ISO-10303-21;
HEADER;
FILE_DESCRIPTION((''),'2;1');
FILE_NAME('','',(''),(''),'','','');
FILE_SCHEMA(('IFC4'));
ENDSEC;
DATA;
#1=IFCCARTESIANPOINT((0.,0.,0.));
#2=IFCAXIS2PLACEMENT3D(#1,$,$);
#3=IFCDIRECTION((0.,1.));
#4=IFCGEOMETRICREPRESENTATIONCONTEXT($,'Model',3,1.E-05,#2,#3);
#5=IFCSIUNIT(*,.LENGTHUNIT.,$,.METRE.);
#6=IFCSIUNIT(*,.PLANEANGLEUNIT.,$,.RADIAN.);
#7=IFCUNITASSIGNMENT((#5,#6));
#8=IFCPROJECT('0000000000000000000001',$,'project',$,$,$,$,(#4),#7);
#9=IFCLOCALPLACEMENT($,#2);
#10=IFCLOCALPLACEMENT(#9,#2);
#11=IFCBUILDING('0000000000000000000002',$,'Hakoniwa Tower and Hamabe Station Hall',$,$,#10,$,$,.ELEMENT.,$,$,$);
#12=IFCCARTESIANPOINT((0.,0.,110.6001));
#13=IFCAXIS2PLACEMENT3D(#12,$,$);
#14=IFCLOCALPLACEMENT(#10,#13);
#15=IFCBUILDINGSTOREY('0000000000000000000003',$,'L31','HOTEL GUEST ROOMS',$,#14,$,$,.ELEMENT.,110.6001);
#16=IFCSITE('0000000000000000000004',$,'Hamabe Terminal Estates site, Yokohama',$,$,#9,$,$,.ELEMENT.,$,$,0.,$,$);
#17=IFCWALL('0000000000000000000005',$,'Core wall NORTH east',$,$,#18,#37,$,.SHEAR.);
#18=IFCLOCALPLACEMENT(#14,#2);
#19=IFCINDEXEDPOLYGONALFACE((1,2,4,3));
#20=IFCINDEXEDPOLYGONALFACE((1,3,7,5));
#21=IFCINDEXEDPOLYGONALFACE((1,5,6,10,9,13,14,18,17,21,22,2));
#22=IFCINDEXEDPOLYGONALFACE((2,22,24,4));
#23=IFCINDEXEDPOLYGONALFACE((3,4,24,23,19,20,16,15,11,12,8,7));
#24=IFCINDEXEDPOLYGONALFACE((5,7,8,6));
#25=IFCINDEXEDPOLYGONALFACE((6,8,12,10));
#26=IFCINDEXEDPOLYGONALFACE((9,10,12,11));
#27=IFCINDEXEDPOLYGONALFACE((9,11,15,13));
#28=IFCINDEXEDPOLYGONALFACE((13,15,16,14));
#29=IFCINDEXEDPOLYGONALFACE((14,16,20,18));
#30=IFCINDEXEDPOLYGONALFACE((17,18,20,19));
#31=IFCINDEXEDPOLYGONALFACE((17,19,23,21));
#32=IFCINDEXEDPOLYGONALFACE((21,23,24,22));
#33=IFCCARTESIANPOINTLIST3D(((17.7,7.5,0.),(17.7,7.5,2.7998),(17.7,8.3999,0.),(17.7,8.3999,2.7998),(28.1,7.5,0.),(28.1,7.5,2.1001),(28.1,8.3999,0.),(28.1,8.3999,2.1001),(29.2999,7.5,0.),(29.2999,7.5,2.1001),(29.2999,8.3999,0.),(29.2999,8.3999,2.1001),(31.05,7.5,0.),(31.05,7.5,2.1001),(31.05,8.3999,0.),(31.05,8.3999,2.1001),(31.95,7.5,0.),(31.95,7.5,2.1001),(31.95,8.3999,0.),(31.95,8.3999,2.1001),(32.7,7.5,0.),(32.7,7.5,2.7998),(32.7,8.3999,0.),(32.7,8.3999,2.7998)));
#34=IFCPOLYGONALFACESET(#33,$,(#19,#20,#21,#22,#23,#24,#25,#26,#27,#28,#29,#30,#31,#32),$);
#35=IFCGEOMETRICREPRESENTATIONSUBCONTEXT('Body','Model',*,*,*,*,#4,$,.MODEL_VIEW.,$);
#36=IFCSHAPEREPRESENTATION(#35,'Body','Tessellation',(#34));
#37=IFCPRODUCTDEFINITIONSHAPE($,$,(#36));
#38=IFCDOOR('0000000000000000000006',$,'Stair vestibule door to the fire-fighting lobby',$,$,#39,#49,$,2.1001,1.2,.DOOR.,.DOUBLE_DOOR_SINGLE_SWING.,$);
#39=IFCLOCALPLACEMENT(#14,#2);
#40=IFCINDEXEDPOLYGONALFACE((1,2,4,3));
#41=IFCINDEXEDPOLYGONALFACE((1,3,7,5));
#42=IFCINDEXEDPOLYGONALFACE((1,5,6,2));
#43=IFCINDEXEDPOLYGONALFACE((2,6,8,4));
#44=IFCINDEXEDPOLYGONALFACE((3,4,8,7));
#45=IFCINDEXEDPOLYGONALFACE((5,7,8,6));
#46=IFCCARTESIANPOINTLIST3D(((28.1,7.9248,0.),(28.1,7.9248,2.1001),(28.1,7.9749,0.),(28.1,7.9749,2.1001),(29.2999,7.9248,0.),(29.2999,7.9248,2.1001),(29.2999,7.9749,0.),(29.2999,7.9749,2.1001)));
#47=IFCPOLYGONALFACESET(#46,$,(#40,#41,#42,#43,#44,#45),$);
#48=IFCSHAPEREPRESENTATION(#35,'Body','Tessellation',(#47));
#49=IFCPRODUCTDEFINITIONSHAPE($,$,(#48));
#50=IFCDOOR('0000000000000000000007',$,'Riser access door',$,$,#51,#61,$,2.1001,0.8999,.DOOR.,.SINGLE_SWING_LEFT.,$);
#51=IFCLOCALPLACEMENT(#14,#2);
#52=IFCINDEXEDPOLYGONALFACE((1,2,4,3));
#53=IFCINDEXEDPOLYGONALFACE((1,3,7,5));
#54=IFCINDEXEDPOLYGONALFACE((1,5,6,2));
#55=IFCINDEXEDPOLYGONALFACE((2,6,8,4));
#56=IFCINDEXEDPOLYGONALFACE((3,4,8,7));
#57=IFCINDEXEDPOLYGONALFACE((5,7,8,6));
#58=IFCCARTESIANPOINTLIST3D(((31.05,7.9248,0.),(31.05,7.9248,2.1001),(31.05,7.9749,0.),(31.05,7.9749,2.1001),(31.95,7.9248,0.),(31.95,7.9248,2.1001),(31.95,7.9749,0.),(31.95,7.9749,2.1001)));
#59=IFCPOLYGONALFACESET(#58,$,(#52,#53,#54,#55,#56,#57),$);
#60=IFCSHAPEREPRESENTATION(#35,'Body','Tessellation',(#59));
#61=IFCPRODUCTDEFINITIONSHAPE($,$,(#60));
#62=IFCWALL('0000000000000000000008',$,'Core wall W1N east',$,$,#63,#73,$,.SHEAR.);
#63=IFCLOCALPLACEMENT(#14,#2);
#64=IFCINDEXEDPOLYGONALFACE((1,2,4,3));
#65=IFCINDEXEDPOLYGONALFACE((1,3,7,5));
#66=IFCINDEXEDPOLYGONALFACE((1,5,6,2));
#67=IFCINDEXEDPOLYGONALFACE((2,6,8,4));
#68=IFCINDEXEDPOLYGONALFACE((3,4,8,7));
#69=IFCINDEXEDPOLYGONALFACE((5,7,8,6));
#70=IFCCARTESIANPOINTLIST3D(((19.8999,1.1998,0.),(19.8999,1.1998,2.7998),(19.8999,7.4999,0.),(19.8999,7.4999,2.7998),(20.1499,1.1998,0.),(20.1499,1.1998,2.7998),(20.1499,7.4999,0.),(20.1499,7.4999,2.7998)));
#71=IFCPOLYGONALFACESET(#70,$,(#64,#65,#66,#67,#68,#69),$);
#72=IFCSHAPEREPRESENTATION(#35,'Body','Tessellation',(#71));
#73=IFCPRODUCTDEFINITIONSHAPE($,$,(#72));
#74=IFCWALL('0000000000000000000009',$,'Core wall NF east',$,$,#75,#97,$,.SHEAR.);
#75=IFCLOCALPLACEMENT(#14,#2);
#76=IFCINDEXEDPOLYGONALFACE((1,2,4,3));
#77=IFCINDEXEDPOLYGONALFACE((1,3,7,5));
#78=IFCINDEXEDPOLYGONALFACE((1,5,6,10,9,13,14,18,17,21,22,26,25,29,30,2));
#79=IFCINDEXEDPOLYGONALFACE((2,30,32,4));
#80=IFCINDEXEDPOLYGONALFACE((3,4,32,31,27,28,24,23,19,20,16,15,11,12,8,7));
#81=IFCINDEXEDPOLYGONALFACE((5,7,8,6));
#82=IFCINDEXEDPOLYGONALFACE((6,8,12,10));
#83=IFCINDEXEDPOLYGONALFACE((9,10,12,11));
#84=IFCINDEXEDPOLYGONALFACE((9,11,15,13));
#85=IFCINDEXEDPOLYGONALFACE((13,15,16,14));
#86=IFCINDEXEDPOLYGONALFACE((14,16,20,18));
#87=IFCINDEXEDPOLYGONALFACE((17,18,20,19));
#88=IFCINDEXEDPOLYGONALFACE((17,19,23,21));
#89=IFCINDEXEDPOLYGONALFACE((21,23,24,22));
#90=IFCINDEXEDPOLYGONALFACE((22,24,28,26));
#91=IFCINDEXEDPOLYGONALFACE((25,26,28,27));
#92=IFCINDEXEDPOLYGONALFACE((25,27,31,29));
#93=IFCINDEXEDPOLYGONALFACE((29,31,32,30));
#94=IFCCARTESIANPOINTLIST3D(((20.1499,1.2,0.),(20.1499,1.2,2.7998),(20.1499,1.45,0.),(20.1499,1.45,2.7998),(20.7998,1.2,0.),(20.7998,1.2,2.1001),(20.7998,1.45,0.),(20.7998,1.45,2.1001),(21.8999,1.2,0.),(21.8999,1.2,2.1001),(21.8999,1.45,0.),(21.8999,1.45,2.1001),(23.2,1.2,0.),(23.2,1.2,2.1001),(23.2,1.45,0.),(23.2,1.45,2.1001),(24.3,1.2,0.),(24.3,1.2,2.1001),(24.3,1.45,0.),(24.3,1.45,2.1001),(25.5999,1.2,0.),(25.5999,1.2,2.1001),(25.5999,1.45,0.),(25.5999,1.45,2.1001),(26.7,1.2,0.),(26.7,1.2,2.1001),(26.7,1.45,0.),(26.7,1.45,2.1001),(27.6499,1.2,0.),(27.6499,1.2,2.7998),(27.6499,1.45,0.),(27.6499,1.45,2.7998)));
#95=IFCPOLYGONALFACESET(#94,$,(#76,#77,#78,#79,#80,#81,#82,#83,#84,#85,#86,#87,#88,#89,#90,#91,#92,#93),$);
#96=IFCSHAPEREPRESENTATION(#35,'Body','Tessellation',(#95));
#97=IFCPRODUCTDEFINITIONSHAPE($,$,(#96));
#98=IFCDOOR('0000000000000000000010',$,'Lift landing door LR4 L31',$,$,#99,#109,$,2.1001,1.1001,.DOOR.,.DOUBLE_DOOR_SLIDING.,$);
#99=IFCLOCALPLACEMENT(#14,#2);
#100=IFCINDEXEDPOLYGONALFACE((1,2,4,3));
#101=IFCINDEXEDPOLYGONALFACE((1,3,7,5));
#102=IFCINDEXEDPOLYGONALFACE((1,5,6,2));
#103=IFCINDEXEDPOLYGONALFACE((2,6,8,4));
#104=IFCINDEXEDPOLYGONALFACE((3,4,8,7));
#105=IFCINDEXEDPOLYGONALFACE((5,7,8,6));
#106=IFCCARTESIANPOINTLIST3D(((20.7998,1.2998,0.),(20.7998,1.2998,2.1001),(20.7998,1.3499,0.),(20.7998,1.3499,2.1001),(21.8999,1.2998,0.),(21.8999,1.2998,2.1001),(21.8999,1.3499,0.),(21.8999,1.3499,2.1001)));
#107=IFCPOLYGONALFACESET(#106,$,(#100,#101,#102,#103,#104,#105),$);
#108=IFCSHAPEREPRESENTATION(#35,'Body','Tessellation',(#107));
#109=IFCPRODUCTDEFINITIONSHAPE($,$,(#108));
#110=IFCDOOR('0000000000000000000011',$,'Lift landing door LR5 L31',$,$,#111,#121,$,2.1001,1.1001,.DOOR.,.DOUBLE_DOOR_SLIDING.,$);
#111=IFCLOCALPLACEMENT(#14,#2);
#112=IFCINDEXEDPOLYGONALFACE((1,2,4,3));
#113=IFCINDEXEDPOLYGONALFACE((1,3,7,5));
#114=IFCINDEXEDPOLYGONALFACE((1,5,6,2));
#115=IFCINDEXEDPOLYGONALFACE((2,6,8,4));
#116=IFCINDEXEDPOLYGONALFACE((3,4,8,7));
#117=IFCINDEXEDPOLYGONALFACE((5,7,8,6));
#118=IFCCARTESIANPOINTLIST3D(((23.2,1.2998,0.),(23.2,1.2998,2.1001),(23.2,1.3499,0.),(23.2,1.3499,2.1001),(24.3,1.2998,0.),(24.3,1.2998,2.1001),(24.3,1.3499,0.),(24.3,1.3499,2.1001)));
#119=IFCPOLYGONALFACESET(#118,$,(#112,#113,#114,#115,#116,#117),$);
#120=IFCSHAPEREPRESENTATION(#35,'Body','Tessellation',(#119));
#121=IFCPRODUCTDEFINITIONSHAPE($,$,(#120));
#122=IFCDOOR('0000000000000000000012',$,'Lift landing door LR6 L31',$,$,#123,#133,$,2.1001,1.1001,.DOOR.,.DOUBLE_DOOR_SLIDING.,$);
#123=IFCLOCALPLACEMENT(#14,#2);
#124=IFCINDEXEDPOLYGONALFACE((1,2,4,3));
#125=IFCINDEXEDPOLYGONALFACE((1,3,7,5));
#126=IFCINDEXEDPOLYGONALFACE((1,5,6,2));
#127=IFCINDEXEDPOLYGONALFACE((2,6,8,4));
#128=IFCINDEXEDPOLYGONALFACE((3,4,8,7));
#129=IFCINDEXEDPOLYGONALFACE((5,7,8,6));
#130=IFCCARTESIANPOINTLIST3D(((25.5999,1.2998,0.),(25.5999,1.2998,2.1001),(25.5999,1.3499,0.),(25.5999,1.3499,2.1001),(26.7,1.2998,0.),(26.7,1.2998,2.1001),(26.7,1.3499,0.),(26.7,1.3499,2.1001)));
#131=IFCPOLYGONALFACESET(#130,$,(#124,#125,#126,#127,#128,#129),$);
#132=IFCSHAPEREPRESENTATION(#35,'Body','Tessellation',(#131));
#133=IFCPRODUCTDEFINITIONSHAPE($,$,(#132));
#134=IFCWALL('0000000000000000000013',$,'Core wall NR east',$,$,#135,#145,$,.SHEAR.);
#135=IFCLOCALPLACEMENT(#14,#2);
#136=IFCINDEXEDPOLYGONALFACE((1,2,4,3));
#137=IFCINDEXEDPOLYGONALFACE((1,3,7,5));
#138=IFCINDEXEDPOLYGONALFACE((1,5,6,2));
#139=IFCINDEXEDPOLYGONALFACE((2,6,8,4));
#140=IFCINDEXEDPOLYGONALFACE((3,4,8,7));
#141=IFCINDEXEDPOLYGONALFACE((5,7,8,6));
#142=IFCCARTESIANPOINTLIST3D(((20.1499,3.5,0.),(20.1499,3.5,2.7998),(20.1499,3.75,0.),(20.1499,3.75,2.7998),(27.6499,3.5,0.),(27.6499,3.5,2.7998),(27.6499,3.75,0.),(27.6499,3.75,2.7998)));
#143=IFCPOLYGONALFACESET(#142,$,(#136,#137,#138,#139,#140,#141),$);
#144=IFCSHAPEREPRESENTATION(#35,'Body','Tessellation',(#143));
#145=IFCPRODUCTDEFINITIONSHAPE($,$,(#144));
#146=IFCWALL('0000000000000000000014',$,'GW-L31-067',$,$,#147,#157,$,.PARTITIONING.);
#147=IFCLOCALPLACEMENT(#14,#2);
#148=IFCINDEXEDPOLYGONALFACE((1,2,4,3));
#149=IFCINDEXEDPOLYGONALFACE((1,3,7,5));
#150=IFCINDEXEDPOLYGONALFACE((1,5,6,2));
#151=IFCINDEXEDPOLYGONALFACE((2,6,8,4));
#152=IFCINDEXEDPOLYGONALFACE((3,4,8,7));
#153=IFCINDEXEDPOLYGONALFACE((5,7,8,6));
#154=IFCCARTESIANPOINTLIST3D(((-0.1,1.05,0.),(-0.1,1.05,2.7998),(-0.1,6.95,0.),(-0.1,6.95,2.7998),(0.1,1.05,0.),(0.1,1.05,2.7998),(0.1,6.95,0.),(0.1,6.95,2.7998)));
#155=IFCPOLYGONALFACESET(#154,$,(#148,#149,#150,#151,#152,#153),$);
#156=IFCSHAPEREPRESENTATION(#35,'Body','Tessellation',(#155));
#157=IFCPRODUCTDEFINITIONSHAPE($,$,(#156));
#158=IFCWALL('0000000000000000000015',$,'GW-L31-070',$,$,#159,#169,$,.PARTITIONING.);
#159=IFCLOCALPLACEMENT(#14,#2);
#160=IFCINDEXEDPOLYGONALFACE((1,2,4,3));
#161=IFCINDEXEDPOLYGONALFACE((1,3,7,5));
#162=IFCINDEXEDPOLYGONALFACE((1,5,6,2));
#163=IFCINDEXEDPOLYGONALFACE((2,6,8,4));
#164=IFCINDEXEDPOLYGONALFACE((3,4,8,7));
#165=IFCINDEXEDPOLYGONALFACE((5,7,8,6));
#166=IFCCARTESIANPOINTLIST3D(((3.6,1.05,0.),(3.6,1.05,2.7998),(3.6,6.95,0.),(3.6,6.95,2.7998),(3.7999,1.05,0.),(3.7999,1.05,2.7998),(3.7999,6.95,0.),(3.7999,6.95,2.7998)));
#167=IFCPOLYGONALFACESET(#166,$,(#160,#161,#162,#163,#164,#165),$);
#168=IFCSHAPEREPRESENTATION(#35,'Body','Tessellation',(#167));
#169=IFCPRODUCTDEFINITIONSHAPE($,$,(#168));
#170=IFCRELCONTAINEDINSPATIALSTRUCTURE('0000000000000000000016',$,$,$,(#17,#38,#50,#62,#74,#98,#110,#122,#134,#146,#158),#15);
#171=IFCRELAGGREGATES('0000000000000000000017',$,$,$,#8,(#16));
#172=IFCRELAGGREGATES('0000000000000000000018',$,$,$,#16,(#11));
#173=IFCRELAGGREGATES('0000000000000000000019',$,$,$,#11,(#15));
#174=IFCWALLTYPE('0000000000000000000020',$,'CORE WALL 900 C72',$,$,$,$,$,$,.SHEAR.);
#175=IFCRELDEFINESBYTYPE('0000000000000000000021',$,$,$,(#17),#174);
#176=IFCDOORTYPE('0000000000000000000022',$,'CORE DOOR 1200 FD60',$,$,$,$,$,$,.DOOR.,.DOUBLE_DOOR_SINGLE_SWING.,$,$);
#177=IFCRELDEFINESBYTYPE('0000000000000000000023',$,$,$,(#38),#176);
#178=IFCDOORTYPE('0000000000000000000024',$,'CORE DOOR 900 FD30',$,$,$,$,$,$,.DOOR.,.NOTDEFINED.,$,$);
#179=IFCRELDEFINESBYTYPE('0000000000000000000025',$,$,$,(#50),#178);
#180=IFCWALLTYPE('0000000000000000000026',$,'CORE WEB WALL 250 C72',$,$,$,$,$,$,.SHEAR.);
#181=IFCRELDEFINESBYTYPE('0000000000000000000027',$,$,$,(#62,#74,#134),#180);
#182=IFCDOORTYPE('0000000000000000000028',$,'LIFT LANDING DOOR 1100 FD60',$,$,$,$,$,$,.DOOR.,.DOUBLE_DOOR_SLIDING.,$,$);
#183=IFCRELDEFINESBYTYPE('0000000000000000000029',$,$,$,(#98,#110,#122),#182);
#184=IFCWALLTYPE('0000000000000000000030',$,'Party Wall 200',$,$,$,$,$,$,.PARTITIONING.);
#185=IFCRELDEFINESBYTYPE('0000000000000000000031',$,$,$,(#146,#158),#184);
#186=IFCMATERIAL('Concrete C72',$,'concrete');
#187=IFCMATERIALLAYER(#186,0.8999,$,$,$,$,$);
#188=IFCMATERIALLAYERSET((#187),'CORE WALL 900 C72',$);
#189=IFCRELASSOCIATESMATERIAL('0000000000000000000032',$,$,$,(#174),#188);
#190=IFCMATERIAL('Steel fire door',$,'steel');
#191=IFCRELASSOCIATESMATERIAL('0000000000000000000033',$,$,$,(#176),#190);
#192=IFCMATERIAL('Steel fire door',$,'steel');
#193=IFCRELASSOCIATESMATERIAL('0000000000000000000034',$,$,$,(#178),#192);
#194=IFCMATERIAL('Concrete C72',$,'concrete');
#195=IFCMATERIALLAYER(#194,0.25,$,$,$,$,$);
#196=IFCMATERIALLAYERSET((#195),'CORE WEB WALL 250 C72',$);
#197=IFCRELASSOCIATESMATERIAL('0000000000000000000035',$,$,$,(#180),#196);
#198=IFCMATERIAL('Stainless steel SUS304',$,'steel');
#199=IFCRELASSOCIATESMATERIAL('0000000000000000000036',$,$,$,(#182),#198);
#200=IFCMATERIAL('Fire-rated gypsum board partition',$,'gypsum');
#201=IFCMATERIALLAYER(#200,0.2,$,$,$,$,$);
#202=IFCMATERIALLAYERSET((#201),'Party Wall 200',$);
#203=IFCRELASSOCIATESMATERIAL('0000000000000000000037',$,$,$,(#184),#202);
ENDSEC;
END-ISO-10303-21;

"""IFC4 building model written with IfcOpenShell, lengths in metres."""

from ifc_helpers import new_model, si_unit, direction, frame, frame_2d, origin, place, context, subcontext, project, spatial, rectangle, extrude, material, layer, layer_set, type_object, element, fill, save


model = new_model("IFC4")

# Units and contexts
model_context = context("Model", 3, precision=1e-05, world=origin(), true_north=direction((0.0, 1.0)))
body_context = subcontext(model_context, "Body", "Model", "MODEL_VIEW")
ifc_project = project(units=[si_unit("LENGTHUNIT", "METRE"), si_unit("PLANEANGLEUNIT", "RADIAN")], contexts=[model_context])

# Site, building, storey
site_placement = place(None, origin())
site = spatial("IfcSite", under=ifc_project, at=site_placement, Name="Hamabe Terminal Estates site, Yokohama", CompositionType="ELEMENT", RefElevation=0.0)
building_placement = place(site_placement, origin())
building = spatial("IfcBuilding", under=site, at=building_placement, Name="Hakoniwa Tower and Hamabe Station Hall", CompositionType="ELEMENT")
storey_placement = place(building_placement, frame((0.0, 0.0, 110.6001)))
storey = spatial("IfcBuildingStorey", under=building, at=storey_placement, Name="L31", Description="HOTEL GUEST ROOMS", CompositionType="ELEMENT", Elevation=110.6001)

# Wall, openings, doors
ifc_material_1 = material(Name="Concrete C72", Category="concrete")
ifc_layer_1 = layer(ifc_material_1, 0.8999)
ifc_layer_set_1 = layer_set([ifc_layer_1], Name="CORE WALL 900 C72")
wall_type_1 = type_object("IfcWallType", Name="CORE WALL 900 C72", PredefinedType="SHEAR", material=ifc_layer_set_1)
wall_1_placement = place(storey_placement, frame((17.7, 7.95, 0.0), z_axis=(0.0, 0.0, 1.0), x_axis=(1.0, 0.0, 0.0)))
wall_1 = element("IfcWall", 1, at=wall_1_placement, inside=storey, type_object=wall_type_1, Name="Core wall NORTH east", PredefinedType="SHEAR", context=body_context, shape_type="SweptSolid", body=[
    extrude(rectangle(XDim=15.0, YDim=0.8999, at=frame_2d((7.5, 0.0))), origin(), (0.0, 0.0, 1.0), 2.7998),
])
opening_1_placement = place(wall_1_placement, frame((10.3999, 0.0, 0.0)))
opening_1 = element("IfcOpeningElement", 2, at=opening_1_placement, cuts=wall_1, PredefinedType="OPENING", context=body_context, shape_type="SweptSolid", body=[
    extrude(rectangle(XDim=1.2, YDim=2.1001, at=frame_2d((0.6001, 1.05))), frame((0.0, 0.46, 0.0), z_axis=(0.0, -1.0, 0.0), x_axis=(1.0, 0.0, 0.0)), (0.0, 0.0, 1.0), 0.9199),
])
opening_2_placement = place(wall_1_placement, frame((13.3501, 0.0, 0.0)))
opening_2 = element("IfcOpeningElement", 3, at=opening_2_placement, cuts=wall_1, PredefinedType="OPENING", context=body_context, shape_type="SweptSolid", body=[
    extrude(rectangle(XDim=0.8999, YDim=2.1001, at=frame_2d((0.45, 1.05))), frame((0.0, 0.46, 0.0), z_axis=(0.0, -1.0, 0.0), x_axis=(1.0, 0.0, 0.0)), (0.0, 0.0, 1.0), 0.9199),
])
ifc_material_2 = material(Name="Steel fire door", Category="steel")
door_type_1 = type_object("IfcDoorType", Name="CORE DOOR 1200 FD60", OperationType="DOUBLE_DOOR_SINGLE_SWING", PredefinedType="DOOR", material=ifc_material_2)
door_1_placement = place(opening_1_placement, origin())
door_1 = element("IfcDoor", 4, at=door_1_placement, inside=storey, type_object=door_type_1, Name="Stair vestibule door to the fire-fighting lobby", OperationType="DOUBLE_DOOR_SINGLE_SWING", OverallHeight=2.1001, OverallWidth=1.2, PredefinedType="DOOR", context=body_context, shape_type="SweptSolid", body=[
    extrude(rectangle(XDim=1.2, YDim=2.1001, at=frame_2d((0.6001, 1.05))), frame((0.0, 0.0249, 0.0), z_axis=(0.0, -1.0, 0.0), x_axis=(1.0, 0.0, 0.0)), (0.0, 0.0, 1.0), 0.05),
])
fill(opening_1, door_1)
ifc_material_3 = material(Name="Steel fire door", Category="steel")
door_type_2 = type_object("IfcDoorType", Name="CORE DOOR 900 FD30", OperationType="NOTDEFINED", PredefinedType="DOOR", material=ifc_material_3)
door_2_placement = place(opening_2_placement, origin())
door_2 = element("IfcDoor", 5, at=door_2_placement, inside=storey, type_object=door_type_2, Name="Riser access door", OperationType="SINGLE_SWING_LEFT", OverallHeight=2.1001, OverallWidth=0.8999, PredefinedType="DOOR", context=body_context, shape_type="SweptSolid", body=[
    extrude(rectangle(XDim=0.8999, YDim=2.1001, at=frame_2d((0.45, 1.05))), frame((0.0, 0.0249, 0.0), z_axis=(0.0, -1.0, 0.0), x_axis=(1.0, 0.0, 0.0)), (0.0, 0.0, 1.0), 0.05),
])
fill(opening_2, door_2)

# Wall
ifc_material_4 = material(Name="Concrete C72", Category="concrete")
ifc_layer_2 = layer(ifc_material_4, 0.25)
ifc_layer_set_2 = layer_set([ifc_layer_2], Name="CORE WEB WALL 250 C72")
wall_type_2 = type_object("IfcWallType", Name="CORE WEB WALL 250 C72", PredefinedType="SHEAR", material=ifc_layer_set_2)
wall_2_placement = place(storey_placement, frame((20.0249, 1.2, 0.0), z_axis=(0.0, 0.0, 1.0), x_axis=(0.0, 1.0, 0.0)))
element("IfcWall", 6, at=wall_2_placement, inside=storey, type_object=wall_type_2, Name="Core wall W1N east", PredefinedType="SHEAR", context=body_context, shape_type="SweptSolid", body=[
    extrude(rectangle(XDim=6.3, YDim=0.25, at=frame_2d((3.1499, 0.0))), origin(), (0.0, 0.0, 1.0), 2.7998),
])

# Wall, openings, doors
wall_3_placement = place(storey_placement, frame((20.1499, 1.325, 0.0), z_axis=(0.0, 0.0, 1.0), x_axis=(1.0, 0.0, 0.0)))
wall_3 = element("IfcWall", 7, at=wall_3_placement, inside=storey, type_object=wall_type_2, Name="Core wall NF east", PredefinedType="SHEAR", context=body_context, shape_type="SweptSolid", body=[
    extrude(rectangle(XDim=7.5, YDim=0.25, at=frame_2d((3.75, 0.0))), origin(), (0.0, 0.0, 1.0), 2.7998),
])
opening_3_placement = place(wall_3_placement, frame((0.6499, 0.0, 0.0)))
opening_3 = element("IfcOpeningElement", 8, at=opening_3_placement, cuts=wall_3, PredefinedType="OPENING", context=body_context, shape_type="SweptSolid", body=[
    extrude(rectangle(XDim=1.1001, YDim=2.1001, at=frame_2d((0.55, 1.05))), frame((0.0, 0.135, 0.0), z_axis=(0.0, -1.0, 0.0), x_axis=(1.0, 0.0, 0.0)), (0.0, 0.0, 1.0), 0.27),
])
opening_4_placement = place(wall_3_placement, frame((3.05, 0.0, 0.0)))
opening_4 = element("IfcOpeningElement", 9, at=opening_4_placement, cuts=wall_3, PredefinedType="OPENING", context=body_context, shape_type="SweptSolid", body=[
    extrude(rectangle(XDim=1.1001, YDim=2.1001, at=frame_2d((0.55, 1.05))), frame((0.0, 0.135, 0.0), z_axis=(0.0, -1.0, 0.0), x_axis=(1.0, 0.0, 0.0)), (0.0, 0.0, 1.0), 0.27),
])
opening_5_placement = place(wall_3_placement, frame((5.45, 0.0, 0.0)))
opening_5 = element("IfcOpeningElement", 10, at=opening_5_placement, cuts=wall_3, PredefinedType="OPENING", context=body_context, shape_type="SweptSolid", body=[
    extrude(rectangle(XDim=1.1001, YDim=2.1001, at=frame_2d((0.55, 1.05))), frame((0.0, 0.135, 0.0), z_axis=(0.0, -1.0, 0.0), x_axis=(1.0, 0.0, 0.0)), (0.0, 0.0, 1.0), 0.27),
])
ifc_material_5 = material(Name="Stainless steel SUS304", Category="steel")
door_type_3 = type_object("IfcDoorType", Name="LIFT LANDING DOOR 1100 FD60", OperationType="DOUBLE_DOOR_SLIDING", PredefinedType="DOOR", material=ifc_material_5)
door_3_placement = place(opening_3_placement, origin())
door_3 = element("IfcDoor", 11, at=door_3_placement, inside=storey, type_object=door_type_3, Name="Lift landing door LR4 L31", OperationType="DOUBLE_DOOR_SLIDING", OverallHeight=2.1001, OverallWidth=1.1001, PredefinedType="DOOR", context=body_context, shape_type="SweptSolid", body=[
    extrude(rectangle(XDim=1.1001, YDim=2.1001, at=frame_2d((0.55, 1.05))), frame((0.0, 0.0249, 0.0), z_axis=(0.0, -1.0, 0.0), x_axis=(1.0, 0.0, 0.0)), (0.0, 0.0, 1.0), 0.05),
])
fill(opening_3, door_3)
door_4_placement = place(opening_4_placement, origin())
door_4 = element("IfcDoor", 12, at=door_4_placement, inside=storey, type_object=door_type_3, Name="Lift landing door LR5 L31", OperationType="DOUBLE_DOOR_SLIDING", OverallHeight=2.1001, OverallWidth=1.1001, PredefinedType="DOOR", context=body_context, shape_type="SweptSolid", body=[
    extrude(rectangle(XDim=1.1001, YDim=2.1001, at=frame_2d((0.55, 1.05))), frame((0.0, 0.0249, 0.0), z_axis=(0.0, -1.0, 0.0), x_axis=(1.0, 0.0, 0.0)), (0.0, 0.0, 1.0), 0.05),
])
fill(opening_4, door_4)
door_5_placement = place(opening_5_placement, origin())
door_5 = element("IfcDoor", 13, at=door_5_placement, inside=storey, type_object=door_type_3, Name="Lift landing door LR6 L31", OperationType="DOUBLE_DOOR_SLIDING", OverallHeight=2.1001, OverallWidth=1.1001, PredefinedType="DOOR", context=body_context, shape_type="SweptSolid", body=[
    extrude(rectangle(XDim=1.1001, YDim=2.1001, at=frame_2d((0.55, 1.05))), frame((0.0, 0.0249, 0.0), z_axis=(0.0, -1.0, 0.0), x_axis=(1.0, 0.0, 0.0)), (0.0, 0.0, 1.0), 0.05),
])
fill(opening_5, door_5)

# Walls
wall_4_placement = place(storey_placement, frame((20.1499, 3.625, 0.0), z_axis=(0.0, 0.0, 1.0), x_axis=(1.0, 0.0, 0.0)))
element("IfcWall", 14, at=wall_4_placement, inside=storey, type_object=wall_type_2, Name="Core wall NR east", PredefinedType="SHEAR", context=body_context, shape_type="SweptSolid", body=[
    extrude(rectangle(XDim=7.5, YDim=0.25, at=frame_2d((3.75, 0.0))), origin(), (0.0, 0.0, 1.0), 2.7998),
])
ifc_material_6 = material(Name="Fire-rated gypsum board partition", Category="gypsum")
ifc_layer_3 = layer(ifc_material_6, 0.2)
ifc_layer_set_3 = layer_set([ifc_layer_3], Name="Party Wall 200")
wall_type_3 = type_object("IfcWallType", Name="Party Wall 200", PredefinedType="PARTITIONING", material=ifc_layer_set_3)
for number, where, z_axis, x_axis, name in (
    (15, (0.0, 1.05, 0.0), (0.0, 0.0, 1.0), (0.0, 1.0, 0.0), "GW-L31-067"),
    (16, (3.7, 1.05, 0.0), (0.0, 0.0, 1.0), (0.0, 1.0, 0.0), "GW-L31-070"),
):
    element("IfcWall", number, at=place(storey_placement, frame(where, z_axis=z_axis, x_axis=x_axis)), inside=storey, type_object=wall_type_3, Name=name, PredefinedType="PARTITIONING", context=body_context, shape_type="SweptSolid", body=[
        extrude(rectangle(XDim=5.8999, YDim=0.2, at=frame_2d((2.95, 0.0))), origin(), (0.0, 0.0, 1.0), 2.7998),
    ])

save(model, "model.ifc")
